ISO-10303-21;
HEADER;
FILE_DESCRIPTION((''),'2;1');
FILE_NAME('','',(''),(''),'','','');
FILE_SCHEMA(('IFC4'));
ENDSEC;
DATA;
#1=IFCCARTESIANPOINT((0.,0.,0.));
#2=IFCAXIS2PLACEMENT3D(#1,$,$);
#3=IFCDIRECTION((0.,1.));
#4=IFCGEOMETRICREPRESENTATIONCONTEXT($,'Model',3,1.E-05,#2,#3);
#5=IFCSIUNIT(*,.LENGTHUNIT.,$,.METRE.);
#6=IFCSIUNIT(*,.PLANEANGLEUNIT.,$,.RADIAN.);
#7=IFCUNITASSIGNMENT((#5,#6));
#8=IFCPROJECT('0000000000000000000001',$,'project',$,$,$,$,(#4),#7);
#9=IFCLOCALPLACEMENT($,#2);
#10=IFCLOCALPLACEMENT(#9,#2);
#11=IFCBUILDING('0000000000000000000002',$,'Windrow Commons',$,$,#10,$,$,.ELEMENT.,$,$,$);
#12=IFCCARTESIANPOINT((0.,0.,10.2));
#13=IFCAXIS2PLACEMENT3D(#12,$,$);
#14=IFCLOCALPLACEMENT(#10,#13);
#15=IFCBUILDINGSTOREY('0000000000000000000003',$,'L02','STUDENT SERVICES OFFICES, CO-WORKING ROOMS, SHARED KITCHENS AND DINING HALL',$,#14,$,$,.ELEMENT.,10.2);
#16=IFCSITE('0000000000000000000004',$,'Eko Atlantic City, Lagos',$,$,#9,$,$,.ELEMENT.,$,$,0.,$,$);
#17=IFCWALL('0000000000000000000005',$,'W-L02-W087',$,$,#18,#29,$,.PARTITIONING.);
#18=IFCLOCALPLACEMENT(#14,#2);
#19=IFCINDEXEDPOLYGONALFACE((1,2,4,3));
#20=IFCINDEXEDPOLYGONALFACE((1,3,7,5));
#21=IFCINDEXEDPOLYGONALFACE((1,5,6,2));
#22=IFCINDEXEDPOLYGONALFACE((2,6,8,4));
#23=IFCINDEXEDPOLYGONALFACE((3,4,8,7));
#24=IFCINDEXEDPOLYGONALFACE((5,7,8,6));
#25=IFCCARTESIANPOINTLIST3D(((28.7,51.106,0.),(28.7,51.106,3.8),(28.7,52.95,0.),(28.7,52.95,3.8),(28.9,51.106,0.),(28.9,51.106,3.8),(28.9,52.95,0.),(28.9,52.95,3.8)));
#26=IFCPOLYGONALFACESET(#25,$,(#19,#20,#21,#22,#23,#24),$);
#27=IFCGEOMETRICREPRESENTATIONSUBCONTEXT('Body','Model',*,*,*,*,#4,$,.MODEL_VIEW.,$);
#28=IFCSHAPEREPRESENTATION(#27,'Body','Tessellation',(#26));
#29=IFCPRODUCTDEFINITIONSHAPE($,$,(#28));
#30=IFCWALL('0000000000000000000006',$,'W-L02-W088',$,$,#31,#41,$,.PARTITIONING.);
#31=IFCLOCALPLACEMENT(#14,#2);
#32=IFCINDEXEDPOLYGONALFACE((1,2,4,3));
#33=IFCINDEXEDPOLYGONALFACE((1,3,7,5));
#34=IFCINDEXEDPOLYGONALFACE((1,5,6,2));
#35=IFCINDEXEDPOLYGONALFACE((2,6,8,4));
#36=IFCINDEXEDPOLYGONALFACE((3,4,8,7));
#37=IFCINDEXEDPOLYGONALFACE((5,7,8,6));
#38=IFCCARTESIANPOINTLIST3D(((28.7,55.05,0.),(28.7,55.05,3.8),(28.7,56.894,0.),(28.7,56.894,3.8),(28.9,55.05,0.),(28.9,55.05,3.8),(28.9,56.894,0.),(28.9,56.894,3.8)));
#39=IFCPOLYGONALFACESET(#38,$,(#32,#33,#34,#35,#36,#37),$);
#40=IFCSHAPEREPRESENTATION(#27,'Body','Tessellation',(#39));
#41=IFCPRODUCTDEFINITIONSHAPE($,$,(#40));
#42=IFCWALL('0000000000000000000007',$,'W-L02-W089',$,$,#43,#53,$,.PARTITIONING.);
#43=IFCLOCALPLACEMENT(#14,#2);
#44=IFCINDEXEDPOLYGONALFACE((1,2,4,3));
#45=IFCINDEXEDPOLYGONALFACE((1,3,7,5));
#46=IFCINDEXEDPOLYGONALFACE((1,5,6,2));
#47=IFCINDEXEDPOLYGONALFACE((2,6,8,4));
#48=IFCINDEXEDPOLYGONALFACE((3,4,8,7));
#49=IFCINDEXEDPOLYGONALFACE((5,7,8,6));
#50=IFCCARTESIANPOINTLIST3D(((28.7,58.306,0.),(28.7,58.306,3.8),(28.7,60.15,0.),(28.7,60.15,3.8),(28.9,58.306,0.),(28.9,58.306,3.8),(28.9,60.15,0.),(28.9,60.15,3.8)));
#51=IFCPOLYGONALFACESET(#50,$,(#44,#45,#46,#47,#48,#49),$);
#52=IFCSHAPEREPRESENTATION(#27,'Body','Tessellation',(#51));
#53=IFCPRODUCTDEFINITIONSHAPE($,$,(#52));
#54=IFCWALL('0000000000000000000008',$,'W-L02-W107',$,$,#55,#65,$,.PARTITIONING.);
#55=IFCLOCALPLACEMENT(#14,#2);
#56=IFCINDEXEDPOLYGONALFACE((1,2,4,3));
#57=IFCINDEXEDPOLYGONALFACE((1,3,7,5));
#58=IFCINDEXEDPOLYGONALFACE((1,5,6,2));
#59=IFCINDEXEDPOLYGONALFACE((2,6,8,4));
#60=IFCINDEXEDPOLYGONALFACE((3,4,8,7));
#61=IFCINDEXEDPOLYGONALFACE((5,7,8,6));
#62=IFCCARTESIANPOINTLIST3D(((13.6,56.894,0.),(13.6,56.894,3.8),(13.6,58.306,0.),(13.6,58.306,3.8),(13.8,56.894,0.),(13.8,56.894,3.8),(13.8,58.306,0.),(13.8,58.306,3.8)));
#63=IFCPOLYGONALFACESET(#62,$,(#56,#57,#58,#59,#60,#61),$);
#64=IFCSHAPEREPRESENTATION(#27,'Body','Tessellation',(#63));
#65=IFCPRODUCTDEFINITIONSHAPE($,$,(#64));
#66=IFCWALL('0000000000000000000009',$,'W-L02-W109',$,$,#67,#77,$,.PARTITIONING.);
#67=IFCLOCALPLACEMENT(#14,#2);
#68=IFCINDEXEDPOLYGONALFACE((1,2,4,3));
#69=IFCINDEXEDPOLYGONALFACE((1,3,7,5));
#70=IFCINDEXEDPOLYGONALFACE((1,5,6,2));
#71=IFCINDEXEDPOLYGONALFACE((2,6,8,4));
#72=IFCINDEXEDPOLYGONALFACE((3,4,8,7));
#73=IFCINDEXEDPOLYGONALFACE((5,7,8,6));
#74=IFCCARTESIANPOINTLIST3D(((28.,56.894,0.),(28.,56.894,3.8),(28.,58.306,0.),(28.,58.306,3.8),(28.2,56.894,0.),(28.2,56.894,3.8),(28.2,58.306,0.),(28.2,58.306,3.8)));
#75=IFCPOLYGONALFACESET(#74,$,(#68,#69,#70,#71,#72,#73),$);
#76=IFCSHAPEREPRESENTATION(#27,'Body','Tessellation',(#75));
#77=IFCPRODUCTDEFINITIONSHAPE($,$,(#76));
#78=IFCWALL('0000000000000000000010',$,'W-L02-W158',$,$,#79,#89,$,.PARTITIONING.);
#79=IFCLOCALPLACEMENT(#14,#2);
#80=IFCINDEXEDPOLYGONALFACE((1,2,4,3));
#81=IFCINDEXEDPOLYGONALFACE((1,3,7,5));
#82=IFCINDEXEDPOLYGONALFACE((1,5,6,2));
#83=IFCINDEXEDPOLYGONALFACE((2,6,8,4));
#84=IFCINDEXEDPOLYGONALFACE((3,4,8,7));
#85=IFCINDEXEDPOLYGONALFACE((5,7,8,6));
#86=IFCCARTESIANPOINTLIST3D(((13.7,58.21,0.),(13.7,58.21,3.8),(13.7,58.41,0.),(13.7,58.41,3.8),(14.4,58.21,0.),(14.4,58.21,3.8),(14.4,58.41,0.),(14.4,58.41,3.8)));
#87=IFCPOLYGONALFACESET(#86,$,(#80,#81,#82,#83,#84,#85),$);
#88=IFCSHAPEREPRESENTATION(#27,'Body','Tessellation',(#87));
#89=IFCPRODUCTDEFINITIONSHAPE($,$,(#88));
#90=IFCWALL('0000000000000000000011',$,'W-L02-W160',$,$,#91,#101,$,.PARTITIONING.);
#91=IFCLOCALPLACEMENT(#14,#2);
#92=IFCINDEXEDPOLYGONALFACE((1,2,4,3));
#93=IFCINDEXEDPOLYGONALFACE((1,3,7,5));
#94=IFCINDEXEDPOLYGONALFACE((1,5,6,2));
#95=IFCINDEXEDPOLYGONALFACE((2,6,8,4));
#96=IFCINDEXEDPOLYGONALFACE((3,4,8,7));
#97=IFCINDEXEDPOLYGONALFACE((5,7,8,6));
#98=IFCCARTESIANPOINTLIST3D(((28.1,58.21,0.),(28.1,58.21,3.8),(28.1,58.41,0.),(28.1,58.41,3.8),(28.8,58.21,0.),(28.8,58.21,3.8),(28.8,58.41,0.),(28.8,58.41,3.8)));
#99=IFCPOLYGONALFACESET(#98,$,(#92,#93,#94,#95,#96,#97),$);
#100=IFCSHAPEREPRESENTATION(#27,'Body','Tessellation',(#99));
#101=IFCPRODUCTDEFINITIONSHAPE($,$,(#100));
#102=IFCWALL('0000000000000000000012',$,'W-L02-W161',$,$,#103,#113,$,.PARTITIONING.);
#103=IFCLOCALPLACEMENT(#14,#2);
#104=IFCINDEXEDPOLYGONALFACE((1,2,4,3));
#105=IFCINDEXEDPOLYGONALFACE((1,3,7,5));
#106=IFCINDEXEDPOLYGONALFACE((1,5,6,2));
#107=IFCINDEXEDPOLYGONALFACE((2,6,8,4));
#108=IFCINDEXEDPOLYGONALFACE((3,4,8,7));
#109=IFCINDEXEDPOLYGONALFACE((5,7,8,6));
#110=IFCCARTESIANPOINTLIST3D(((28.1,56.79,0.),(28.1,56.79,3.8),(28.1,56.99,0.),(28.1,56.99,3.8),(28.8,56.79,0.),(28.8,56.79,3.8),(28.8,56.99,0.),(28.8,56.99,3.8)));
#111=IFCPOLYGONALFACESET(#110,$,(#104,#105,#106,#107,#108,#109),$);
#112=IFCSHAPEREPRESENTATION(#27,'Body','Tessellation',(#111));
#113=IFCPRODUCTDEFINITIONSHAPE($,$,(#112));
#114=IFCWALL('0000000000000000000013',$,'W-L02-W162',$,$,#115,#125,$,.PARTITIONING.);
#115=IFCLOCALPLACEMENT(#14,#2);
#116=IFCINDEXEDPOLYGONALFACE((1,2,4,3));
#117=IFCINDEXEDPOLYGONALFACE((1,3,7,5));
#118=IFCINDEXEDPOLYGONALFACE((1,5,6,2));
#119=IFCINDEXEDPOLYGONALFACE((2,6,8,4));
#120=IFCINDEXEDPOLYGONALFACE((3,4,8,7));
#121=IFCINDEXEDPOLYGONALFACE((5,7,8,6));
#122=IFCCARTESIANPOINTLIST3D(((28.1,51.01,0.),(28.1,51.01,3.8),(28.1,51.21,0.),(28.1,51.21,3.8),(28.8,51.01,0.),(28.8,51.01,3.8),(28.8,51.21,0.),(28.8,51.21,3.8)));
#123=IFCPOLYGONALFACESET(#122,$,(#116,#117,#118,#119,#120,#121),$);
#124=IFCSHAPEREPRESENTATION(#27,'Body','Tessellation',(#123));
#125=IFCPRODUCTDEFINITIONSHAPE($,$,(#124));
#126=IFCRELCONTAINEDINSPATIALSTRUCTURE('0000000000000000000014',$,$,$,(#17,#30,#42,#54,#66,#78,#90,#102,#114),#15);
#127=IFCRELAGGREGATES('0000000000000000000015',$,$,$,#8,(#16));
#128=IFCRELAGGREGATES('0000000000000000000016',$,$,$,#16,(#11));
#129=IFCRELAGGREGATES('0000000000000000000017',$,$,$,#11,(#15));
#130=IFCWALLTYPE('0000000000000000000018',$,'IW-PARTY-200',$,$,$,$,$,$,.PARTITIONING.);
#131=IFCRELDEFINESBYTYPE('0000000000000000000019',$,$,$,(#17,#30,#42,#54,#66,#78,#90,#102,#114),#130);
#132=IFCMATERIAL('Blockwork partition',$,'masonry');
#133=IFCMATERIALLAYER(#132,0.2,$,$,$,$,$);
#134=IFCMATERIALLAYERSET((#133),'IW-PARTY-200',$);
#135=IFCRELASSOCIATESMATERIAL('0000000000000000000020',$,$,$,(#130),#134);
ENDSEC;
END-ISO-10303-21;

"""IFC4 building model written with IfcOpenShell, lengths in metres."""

from ifc_helpers import new_model, si_unit, direction, frame, frame_2d, origin, place, context, subcontext, project, spatial, rectangle, extrude, material, layer, layer_set, type_object, element, save


model = new_model("IFC4")

# Units and contexts
model_context = context("Model", 3, precision=1e-05, world=origin(), true_north=direction((0.0, 1.0)))
body_context = subcontext(model_context, "Body", "Model", "MODEL_VIEW")
ifc_project = project(units=[si_unit("LENGTHUNIT", "METRE"), si_unit("PLANEANGLEUNIT", "RADIAN")], contexts=[model_context])

# Site, building, storey
site_placement = place(None, origin())
site = spatial("IfcSite", under=ifc_project, at=site_placement, Name="Eko Atlantic City, Lagos", CompositionType="ELEMENT", RefElevation=0.0)
building_placement = place(site_placement, origin())
building = spatial("IfcBuilding", under=site, at=building_placement, Name="Windrow Commons", CompositionType="ELEMENT")
storey_placement = place(building_placement, frame((0.0, 0.0, 10.2)))
storey = spatial("IfcBuildingStorey", under=building, at=storey_placement, Name="L02", Description="STUDENT SERVICES OFFICES, CO-WORKING ROOMS, SHARED KITCHENS AND DINING HALL", CompositionType="ELEMENT", Elevation=10.2)

# Walls
ifc_material_1 = material(Name="Blockwork partition", Category="masonry")
ifc_layer = layer(ifc_material_1, 0.2)
ifc_layer_set = layer_set([ifc_layer], Name="IW-PARTY-200")
wall_type = type_object("IfcWallType", Name="IW-PARTY-200", PredefinedType="PARTITIONING", material=ifc_layer_set)
for number, where, z_axis, x_axis, name in (
    (1, (28.8, 51.106, 0.0), (0.0, 0.0, 1.0), (0.0, 1.0, 0.0), "W-L02-W087"),
    (2, (28.8, 55.05, 0.0), (0.0, 0.0, 1.0), (0.0, 1.0, 0.0), "W-L02-W088"),
    (3, (28.8, 58.306, 0.0), (0.0, 0.0, 1.0), (0.0, 1.0, 0.0), "W-L02-W089"),
):
    element("IfcWall", number, at=place(storey_placement, frame(where, z_axis=z_axis, x_axis=x_axis)), inside=storey, type_object=wall_type, Name=name, PredefinedType="PARTITIONING", context=body_context, shape_type="SweptSolid", body=[
        extrude(rectangle(XDim=1.844, YDim=0.2, at=frame_2d((0.922, 0.0))), origin(), (0.0, 0.0, 1.0), 3.8),
    ])
for number, where, z_axis, x_axis, name in (
    (4, (13.7, 56.894, 0.0), (0.0, 0.0, 1.0), (0.0, 1.0, 0.0), "W-L02-W107"),
    (5, (28.1, 56.894, 0.0), (0.0, 0.0, 1.0), (0.0, 1.0, 0.0), "W-L02-W109"),
):
    element("IfcWall", number, at=place(storey_placement, frame(where, z_axis=z_axis, x_axis=x_axis)), inside=storey, type_object=wall_type, Name=name, PredefinedType="PARTITIONING", context=body_context, shape_type="SweptSolid", body=[
        extrude(rectangle(XDim=1.412, YDim=0.2, at=frame_2d((0.706, 0.0))), origin(), (0.0, 0.0, 1.0), 3.8),
    ])
for number, where, z_axis, x_axis, name in (
    (6, (13.7, 58.31, 0.0), (0.0, 0.0, 1.0), (1.0, 0.0, 0.0), "W-L02-W158"),
    (7, (28.1, 58.31, 0.0), (0.0, 0.0, 1.0), (1.0, 0.0, 0.0), "W-L02-W160"),
    (8, (28.1, 56.89, 0.0), (0.0, 0.0, 1.0), (1.0, 0.0, 0.0), "W-L02-W161"),
    (9, (28.1, 51.11, 0.0), (0.0, 0.0, 1.0), (1.0, 0.0, 0.0), "W-L02-W162"),
):
    element("IfcWall", number, at=place(storey_placement, frame(where, z_axis=z_axis, x_axis=x_axis)), inside=storey, type_object=wall_type, Name=name, PredefinedType="PARTITIONING", context=body_context, shape_type="SweptSolid", body=[
        extrude(rectangle(XDim=0.7, YDim=0.2, at=frame_2d((0.35, 0.0))), origin(), (0.0, 0.0, 1.0), 3.8),
    ])

save(model, "model.ifc")
